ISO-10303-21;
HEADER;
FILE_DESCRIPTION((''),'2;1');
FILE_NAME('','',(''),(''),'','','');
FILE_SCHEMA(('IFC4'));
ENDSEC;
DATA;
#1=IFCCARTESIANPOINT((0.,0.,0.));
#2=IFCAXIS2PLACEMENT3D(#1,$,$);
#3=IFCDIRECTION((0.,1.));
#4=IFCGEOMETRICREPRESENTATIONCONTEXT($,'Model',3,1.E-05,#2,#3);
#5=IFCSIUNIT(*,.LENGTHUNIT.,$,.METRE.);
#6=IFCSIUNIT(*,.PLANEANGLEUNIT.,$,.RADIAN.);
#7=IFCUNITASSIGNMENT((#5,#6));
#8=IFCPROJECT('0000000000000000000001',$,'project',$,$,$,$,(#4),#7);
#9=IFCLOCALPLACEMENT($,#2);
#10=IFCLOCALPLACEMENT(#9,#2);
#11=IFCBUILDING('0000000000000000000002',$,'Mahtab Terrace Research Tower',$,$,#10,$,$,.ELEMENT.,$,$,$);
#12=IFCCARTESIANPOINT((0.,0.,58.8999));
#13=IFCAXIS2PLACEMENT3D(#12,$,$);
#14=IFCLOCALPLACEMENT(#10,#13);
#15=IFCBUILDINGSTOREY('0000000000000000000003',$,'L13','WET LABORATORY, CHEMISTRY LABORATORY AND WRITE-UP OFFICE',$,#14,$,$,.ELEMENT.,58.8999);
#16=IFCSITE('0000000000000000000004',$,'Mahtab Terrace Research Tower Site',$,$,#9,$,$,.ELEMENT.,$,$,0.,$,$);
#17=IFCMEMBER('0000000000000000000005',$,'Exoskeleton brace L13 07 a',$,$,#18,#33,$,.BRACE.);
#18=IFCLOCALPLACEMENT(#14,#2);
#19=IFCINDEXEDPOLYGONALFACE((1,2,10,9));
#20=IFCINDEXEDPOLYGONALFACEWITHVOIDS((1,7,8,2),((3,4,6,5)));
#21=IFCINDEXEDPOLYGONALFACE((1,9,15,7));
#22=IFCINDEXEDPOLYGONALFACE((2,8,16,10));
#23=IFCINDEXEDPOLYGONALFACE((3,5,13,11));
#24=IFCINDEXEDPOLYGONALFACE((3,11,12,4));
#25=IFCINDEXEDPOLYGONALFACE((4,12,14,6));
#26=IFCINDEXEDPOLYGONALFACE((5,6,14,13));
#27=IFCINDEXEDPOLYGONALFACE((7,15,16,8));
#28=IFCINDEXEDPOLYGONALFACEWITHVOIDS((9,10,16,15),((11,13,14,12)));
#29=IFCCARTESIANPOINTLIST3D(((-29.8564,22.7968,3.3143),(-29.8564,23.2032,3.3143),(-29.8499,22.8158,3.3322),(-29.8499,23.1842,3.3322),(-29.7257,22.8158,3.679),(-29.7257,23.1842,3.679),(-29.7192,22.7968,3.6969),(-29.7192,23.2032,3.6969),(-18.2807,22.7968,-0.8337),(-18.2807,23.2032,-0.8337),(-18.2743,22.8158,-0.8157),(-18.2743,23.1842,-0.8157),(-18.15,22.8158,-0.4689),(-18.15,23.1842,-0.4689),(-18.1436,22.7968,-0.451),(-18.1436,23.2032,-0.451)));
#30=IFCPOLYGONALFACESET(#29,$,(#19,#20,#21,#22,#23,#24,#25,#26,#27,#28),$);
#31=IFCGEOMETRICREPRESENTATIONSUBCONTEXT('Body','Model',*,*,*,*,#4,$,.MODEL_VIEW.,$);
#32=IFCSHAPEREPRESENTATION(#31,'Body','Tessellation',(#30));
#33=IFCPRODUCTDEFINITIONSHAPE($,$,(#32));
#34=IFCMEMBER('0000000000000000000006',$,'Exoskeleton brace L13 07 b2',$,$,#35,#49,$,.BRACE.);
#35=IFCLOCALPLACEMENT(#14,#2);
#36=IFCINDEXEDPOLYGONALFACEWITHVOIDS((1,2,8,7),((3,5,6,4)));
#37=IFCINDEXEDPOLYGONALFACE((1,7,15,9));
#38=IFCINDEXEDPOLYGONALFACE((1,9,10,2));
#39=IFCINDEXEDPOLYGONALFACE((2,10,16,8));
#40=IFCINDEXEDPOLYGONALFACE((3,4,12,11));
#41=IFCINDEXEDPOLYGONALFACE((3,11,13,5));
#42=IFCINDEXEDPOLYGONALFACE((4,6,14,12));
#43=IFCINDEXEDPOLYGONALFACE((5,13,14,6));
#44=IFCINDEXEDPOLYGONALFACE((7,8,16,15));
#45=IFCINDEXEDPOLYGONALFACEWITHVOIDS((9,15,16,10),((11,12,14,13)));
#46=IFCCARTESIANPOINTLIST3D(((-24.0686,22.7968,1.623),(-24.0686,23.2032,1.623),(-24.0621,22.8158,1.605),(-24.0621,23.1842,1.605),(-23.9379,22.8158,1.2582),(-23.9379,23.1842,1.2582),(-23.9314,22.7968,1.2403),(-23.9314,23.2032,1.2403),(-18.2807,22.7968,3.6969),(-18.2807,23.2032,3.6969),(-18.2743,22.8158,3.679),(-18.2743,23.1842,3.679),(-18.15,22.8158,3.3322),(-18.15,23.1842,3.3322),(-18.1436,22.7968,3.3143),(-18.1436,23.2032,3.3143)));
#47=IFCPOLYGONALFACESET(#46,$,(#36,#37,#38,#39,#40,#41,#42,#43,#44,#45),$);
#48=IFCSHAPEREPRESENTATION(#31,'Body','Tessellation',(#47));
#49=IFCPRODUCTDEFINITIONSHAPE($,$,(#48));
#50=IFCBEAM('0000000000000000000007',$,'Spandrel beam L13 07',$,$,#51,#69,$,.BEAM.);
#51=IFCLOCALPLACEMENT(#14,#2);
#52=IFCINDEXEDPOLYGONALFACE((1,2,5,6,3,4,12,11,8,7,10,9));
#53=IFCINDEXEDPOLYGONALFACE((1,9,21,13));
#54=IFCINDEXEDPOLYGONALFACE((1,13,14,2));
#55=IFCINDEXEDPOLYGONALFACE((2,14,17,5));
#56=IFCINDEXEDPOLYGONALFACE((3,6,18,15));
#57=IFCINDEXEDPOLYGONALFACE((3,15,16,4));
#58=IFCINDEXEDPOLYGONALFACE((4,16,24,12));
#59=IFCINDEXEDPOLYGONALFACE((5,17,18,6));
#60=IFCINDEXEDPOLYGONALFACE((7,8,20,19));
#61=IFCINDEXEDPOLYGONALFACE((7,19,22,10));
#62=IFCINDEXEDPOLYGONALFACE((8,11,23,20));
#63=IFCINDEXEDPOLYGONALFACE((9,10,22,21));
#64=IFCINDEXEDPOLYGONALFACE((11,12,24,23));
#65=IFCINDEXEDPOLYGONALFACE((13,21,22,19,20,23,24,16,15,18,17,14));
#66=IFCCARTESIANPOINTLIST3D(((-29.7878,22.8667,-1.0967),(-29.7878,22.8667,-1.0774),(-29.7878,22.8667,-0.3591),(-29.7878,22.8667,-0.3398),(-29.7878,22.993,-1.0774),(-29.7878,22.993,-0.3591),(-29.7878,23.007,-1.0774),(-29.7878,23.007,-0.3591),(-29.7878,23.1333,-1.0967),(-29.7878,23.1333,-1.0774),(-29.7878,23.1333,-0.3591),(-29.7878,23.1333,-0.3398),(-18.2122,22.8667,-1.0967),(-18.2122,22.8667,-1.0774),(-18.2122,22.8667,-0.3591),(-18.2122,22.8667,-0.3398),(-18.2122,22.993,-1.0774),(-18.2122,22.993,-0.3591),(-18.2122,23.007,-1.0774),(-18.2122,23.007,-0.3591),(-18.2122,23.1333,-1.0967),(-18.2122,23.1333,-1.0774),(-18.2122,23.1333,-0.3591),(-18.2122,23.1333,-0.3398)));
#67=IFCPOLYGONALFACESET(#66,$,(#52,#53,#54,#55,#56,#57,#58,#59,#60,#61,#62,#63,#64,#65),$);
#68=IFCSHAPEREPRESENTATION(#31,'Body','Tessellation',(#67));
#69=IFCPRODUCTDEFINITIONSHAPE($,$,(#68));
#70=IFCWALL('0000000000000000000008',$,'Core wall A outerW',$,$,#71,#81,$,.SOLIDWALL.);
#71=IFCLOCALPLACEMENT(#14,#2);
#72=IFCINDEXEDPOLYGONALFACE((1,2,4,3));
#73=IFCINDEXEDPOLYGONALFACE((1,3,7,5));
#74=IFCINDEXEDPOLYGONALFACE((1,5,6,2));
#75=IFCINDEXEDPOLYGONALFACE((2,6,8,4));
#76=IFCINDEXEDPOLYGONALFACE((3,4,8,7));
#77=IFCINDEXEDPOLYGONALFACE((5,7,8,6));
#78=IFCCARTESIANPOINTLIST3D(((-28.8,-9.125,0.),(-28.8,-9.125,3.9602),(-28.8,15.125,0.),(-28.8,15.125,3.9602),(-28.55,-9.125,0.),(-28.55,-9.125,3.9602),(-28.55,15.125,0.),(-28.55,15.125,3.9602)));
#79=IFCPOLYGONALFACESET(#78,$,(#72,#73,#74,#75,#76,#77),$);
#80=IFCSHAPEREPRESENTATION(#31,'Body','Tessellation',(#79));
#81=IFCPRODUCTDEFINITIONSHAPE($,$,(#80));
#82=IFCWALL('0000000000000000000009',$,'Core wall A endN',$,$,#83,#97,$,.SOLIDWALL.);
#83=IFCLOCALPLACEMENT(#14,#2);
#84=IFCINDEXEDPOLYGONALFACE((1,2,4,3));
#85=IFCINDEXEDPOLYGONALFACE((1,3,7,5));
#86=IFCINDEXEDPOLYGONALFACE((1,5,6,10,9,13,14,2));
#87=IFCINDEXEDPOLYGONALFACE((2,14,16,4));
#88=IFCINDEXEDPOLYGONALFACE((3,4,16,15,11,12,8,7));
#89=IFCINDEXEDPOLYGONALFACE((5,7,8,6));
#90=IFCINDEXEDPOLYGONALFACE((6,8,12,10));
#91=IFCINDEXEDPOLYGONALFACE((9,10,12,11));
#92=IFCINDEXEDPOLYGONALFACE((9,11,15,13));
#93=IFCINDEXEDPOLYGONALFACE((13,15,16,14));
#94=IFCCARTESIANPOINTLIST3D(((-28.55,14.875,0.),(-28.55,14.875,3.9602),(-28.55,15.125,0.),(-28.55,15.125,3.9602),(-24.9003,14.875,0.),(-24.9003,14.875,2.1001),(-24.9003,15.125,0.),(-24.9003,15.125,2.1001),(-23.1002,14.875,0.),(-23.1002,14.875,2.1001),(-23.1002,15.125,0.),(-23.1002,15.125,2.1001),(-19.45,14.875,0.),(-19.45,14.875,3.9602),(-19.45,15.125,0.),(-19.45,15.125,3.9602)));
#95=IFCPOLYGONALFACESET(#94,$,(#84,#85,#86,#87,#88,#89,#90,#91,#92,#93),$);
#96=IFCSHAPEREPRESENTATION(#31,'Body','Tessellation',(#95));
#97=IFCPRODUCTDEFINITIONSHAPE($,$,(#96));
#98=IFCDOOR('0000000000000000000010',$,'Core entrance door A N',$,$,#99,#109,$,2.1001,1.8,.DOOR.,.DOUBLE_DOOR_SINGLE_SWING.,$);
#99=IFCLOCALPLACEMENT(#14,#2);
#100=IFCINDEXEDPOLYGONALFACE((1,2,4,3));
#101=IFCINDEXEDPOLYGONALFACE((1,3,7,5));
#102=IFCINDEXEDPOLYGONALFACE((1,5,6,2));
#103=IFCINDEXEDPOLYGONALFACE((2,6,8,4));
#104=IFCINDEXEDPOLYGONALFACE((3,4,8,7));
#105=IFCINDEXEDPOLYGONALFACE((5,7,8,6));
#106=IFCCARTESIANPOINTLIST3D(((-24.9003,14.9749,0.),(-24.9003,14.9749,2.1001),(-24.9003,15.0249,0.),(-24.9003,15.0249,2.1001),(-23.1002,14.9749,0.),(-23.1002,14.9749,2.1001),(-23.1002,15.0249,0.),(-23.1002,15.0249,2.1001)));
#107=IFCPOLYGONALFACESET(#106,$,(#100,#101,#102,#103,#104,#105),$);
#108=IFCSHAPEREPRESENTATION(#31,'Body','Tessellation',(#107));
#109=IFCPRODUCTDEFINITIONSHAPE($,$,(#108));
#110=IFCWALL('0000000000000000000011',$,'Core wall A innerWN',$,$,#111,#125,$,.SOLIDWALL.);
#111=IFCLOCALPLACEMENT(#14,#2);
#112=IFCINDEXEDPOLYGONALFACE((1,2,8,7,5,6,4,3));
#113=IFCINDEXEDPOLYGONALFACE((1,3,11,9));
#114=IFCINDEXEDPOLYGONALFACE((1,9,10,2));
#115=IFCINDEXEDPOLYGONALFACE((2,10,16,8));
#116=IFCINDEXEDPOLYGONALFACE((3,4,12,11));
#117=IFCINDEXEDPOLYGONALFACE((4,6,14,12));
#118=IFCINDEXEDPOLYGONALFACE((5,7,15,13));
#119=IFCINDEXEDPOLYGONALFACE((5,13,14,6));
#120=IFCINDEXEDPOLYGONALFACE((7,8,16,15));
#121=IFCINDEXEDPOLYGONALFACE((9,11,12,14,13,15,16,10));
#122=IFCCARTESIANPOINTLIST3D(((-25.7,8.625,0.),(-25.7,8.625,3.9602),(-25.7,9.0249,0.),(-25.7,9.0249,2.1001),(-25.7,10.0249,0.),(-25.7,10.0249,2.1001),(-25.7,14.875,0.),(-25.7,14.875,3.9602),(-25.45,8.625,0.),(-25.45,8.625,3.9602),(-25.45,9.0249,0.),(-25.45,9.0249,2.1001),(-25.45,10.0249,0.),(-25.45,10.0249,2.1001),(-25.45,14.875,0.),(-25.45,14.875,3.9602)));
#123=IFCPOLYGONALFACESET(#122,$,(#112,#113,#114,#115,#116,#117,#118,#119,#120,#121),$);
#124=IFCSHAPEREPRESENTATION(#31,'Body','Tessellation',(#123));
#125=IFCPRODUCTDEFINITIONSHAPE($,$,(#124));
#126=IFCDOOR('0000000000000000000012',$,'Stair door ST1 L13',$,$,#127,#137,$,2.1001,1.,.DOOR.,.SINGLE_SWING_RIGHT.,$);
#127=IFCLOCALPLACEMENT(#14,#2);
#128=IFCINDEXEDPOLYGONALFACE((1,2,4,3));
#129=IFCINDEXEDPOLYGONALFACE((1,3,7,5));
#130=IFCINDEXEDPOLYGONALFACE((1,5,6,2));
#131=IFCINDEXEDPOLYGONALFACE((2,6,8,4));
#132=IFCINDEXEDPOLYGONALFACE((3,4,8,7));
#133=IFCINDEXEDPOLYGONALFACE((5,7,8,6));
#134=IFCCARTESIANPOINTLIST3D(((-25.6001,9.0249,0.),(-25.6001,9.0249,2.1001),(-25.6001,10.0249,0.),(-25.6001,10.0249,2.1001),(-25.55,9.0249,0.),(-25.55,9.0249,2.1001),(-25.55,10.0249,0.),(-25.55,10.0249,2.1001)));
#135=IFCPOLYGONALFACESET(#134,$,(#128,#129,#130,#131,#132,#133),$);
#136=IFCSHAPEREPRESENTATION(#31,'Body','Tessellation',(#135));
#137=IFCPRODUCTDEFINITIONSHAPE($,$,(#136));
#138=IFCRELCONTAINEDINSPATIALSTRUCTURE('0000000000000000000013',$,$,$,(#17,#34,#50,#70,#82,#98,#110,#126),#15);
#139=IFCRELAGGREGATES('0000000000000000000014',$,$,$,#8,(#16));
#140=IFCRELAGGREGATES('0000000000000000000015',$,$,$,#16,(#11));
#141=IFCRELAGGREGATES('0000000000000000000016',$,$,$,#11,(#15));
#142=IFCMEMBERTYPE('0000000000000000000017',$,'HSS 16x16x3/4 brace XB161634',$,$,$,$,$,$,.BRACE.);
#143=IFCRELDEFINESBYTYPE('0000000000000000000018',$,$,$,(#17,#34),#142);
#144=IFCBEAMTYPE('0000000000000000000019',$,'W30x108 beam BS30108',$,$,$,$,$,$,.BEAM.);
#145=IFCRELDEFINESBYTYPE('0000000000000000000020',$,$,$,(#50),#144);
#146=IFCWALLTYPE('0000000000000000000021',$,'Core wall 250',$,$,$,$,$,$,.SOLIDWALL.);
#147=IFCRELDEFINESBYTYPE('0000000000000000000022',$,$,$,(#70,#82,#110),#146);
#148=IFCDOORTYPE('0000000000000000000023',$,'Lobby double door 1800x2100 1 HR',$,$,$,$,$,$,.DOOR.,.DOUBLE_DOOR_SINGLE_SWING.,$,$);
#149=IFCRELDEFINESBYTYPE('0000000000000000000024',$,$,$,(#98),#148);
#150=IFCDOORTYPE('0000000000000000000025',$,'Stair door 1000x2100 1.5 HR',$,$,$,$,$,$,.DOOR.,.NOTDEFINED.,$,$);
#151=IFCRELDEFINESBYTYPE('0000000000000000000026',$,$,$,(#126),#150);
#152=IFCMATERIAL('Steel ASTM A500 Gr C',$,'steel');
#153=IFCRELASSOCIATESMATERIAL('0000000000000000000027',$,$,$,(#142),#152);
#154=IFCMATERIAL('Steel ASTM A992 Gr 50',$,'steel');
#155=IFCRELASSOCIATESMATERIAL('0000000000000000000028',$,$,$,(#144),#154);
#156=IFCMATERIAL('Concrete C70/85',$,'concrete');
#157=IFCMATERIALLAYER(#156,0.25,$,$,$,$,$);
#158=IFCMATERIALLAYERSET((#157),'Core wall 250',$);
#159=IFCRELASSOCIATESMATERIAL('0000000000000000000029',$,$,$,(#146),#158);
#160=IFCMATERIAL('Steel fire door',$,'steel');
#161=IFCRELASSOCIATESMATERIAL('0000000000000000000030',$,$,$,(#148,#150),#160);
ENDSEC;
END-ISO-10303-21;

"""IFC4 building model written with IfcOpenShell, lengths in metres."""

from ifc_helpers import new_model, si_unit, direction, frame, frame_2d, origin, origin_2d, place, context, subcontext, project, spatial, rectangle, hollow_rectangle, i_section, extrude, material, layer, layer_set, material_profile, profile_set, type_object, element, fill, save


model = new_model("IFC4")

# Units and contexts
model_context = context("Model", 3, precision=1e-05, world=origin(), true_north=direction((0.0, 1.0)))
body_context = subcontext(model_context, "Body", "Model", "MODEL_VIEW")
ifc_project = project(units=[si_unit("LENGTHUNIT", "METRE"), si_unit("PLANEANGLEUNIT", "RADIAN")], contexts=[model_context])

# Site, building, storey
site_placement = place(None, origin())
site = spatial("IfcSite", under=ifc_project, at=site_placement, Name="Mahtab Terrace Research Tower Site", CompositionType="ELEMENT", RefElevation=0.0)
building_placement = place(site_placement, origin())
building = spatial("IfcBuilding", under=site, at=building_placement, Name="Mahtab Terrace Research Tower", CompositionType="ELEMENT")
storey_placement = place(building_placement, frame((0.0, 0.0, 58.8999)))
storey = spatial("IfcBuildingStorey", under=building, at=storey_placement, Name="L13", Description="WET LABORATORY, CHEMISTRY LABORATORY AND WRITE-UP OFFICE", CompositionType="ELEMENT", Elevation=58.8999)

# Members
ifc_material_1 = material(Name="Steel ASTM A500 Gr C", Category="steel")
ifc_material_profile_1 = material_profile(ifc_material_1, hollow_rectangle(XDim=0.4065, YDim=0.4065, WallThickness=0.019, at=origin_2d()), Name="HSS16X16X3/4")
ifc_profile_set_1 = profile_set([ifc_material_profile_1], Name="Steel ASTM A500 Gr C")
member_type = type_object("IfcMemberType", Name="HSS 16x16x3/4 brace XB161634", PredefinedType="BRACE", material=ifc_profile_set_1)
member_1_placement = place(storey_placement, frame((-18.2122, 23.0, -0.6423), z_axis=(-0.941387, 0.0, 0.33733), x_axis=(0.0, -1.0, 0.0)))
element("IfcMember", 1, at=member_1_placement, inside=storey, type_object=member_type, Name="Exoskeleton brace L13 07 a", PredefinedType="BRACE", context=body_context, shape_type="SweptSolid", body=[
    extrude(hollow_rectangle(XDim=0.4065, YDim=0.4065, WallThickness=0.019, at=origin_2d()), origin(), (0.0, 0.0, 1.0), 12.2964),
])
member_2_placement = place(storey_placement, frame((-24.0, 23.0, 1.4316), z_axis=(0.941387, 0.0, 0.33733), x_axis=(0.0, 1.0, 0.0)))
element("IfcMember", 2, at=member_2_placement, inside=storey, type_object=member_type, Name="Exoskeleton brace L13 07 b2", PredefinedType="BRACE", context=body_context, shape_type="SweptSolid", body=[
    extrude(hollow_rectangle(XDim=0.4065, YDim=0.4065, WallThickness=0.019, at=origin_2d()), origin(), (0.0, 0.0, 1.0), 6.1482),
])

# Beam
ifc_material_2 = material(Name="Steel ASTM A992 Gr 50", Category="steel")
ifc_material_profile_2 = material_profile(ifc_material_2, i_section(OverallWidth=0.2666, OverallDepth=0.7568, WebThickness=0.0139, FlangeThickness=0.0193, at=origin_2d()), Name="W30X108")
ifc_profile_set_2 = profile_set([ifc_material_profile_2], Name="Steel ASTM A992 Gr 50")
beam_type = type_object("IfcBeamType", Name="W30x108 beam BS30108", PredefinedType="BEAM", material=ifc_profile_set_2)
beam_placement = place(storey_placement, frame((-18.2122, 23.0, -0.7183), z_axis=(-1.0, 0.0, 0.0), x_axis=(0.0, -1.0, 0.0)))
element("IfcBeam", 3, at=beam_placement, inside=storey, type_object=beam_type, Name="Spandrel beam L13 07", PredefinedType="BEAM", context=body_context, shape_type="SweptSolid", body=[
    extrude(i_section(OverallWidth=0.2666, OverallDepth=0.7568, WebThickness=0.0139, FlangeThickness=0.0193, at=origin_2d()), origin(), (0.0, 0.0, 1.0), 11.5757),
])

# Wall
ifc_material_3 = material(Name="Concrete C70/85", Category="concrete")
ifc_layer_1 = layer(ifc_material_3, 0.25)
ifc_layer_set_1 = layer_set([ifc_layer_1], Name="Core wall 250")
wall_type_1 = type_object("IfcWallType", Name="Core wall 250", PredefinedType="SOLIDWALL", material=ifc_layer_set_1)
wall_1_placement = place(storey_placement, frame((-28.675, 15.125, 0.0), z_axis=(0.0, 0.0, 1.0), x_axis=(0.0, -1.0, 0.0)))
element("IfcWall", 4, at=wall_1_placement, inside=storey, type_object=wall_type_1, Name="Core wall A outerW", PredefinedType="SOLIDWALL", context=body_context, shape_type="SweptSolid", body=[
    extrude(rectangle(XDim=24.25, YDim=0.25, at=frame_2d((12.125, 0.0))), origin(), (0.0, 0.0, 1.0), 3.9602),
])

# Walls, openings, doors
wall_2_placement = place(storey_placement, frame((-28.55, 15.0, 0.0), z_axis=(0.0, 0.0, 1.0), x_axis=(1.0, 0.0, 0.0)))
wall_2 = element("IfcWall", 5, at=wall_2_placement, inside=storey, type_object=wall_type_1, Name="Core wall A endN", PredefinedType="SOLIDWALL", context=body_context, shape_type="SweptSolid", body=[
    extrude(rectangle(XDim=9.1001, YDim=0.25, at=frame_2d((4.55, 0.0))), origin(), (0.0, 0.0, 1.0), 3.9602),
])
opening_1_placement = place(wall_2_placement, frame((3.6499, 0.0, 0.0)))
opening_1 = element("IfcOpeningElement", 6, at=opening_1_placement, cuts=wall_2, PredefinedType="OPENING", context=body_context, shape_type="SweptSolid", body=[
    extrude(rectangle(XDim=1.8, YDim=2.1001, at=frame_2d((0.8999, 1.05))), frame((0.0, 0.135, 0.0), z_axis=(0.0, -1.0, 0.0), x_axis=(1.0, 0.0, 0.0)), (0.0, 0.0, 1.0), 0.27),
])
ifc_material_4 = material(Name="Steel fire door", Category="steel")
door_type_1 = type_object("IfcDoorType", Name="Lobby double door 1800x2100 1 HR", OperationType="DOUBLE_DOOR_SINGLE_SWING", PredefinedType="DOOR", material=ifc_material_4)
door_1_placement = place(opening_1_placement, origin())
door_1 = element("IfcDoor", 7, at=door_1_placement, inside=storey, type_object=door_type_1, Name="Core entrance door A N", OperationType="DOUBLE_DOOR_SINGLE_SWING", OverallHeight=2.1001, OverallWidth=1.8, PredefinedType="DOOR", context=body_context, shape_type="SweptSolid", body=[
    extrude(rectangle(XDim=1.8, YDim=2.1001, at=frame_2d((0.8999, 1.05))), frame((0.0, 0.0249, 0.0), z_axis=(0.0, -1.0, 0.0), x_axis=(1.0, 0.0, 0.0)), (0.0, 0.0, 1.0), 0.05),
])
fill(opening_1, door_1)
wall_3_placement = place(storey_placement, frame((-25.575, 14.875, 0.0), z_axis=(0.0, 0.0, 1.0), x_axis=(0.0, -1.0, 0.0)))
wall_3 = element("IfcWall", 8, at=wall_3_placement, inside=storey, type_object=wall_type_1, Name="Core wall A innerWN", PredefinedType="SOLIDWALL", context=body_context, shape_type="SweptSolid", body=[
    extrude(rectangle(XDim=6.25, YDim=0.25, at=frame_2d((3.125, 0.0))), origin(), (0.0, 0.0, 1.0), 3.9602),
])
opening_2_placement = place(wall_3_placement, frame((4.8501, 0.0, 0.0)))
opening_2 = element("IfcOpeningElement", 9, at=opening_2_placement, cuts=wall_3, PredefinedType="OPENING", context=body_context, shape_type="SweptSolid", body=[
    extrude(rectangle(XDim=1.0, YDim=2.1001, at=frame_2d((0.5, 1.05))), frame((0.0, 0.135, 0.0), z_axis=(0.0, -1.0, 0.0), x_axis=(1.0, 0.0, 0.0)), (0.0, 0.0, 1.0), 0.27),
])
door_type_2 = type_object("IfcDoorType", Name="Stair door 1000x2100 1.5 HR", OperationType="NOTDEFINED", PredefinedType="DOOR", material=ifc_material_4)
door_2_placement = place(opening_2_placement, origin())
door_2 = element("IfcDoor", 10, at=door_2_placement, inside=storey, type_object=door_type_2, Name="Stair door ST1 L13", OperationType="SINGLE_SWING_RIGHT", OverallHeight=2.1001, OverallWidth=1.0, PredefinedType="DOOR", context=body_context, shape_type="SweptSolid", body=[
    extrude(rectangle(XDim=1.0, YDim=2.1001, at=frame_2d((0.5, 1.05))), frame((0.0, 0.0249, 0.0), z_axis=(0.0, -1.0, 0.0), x_axis=(1.0, 0.0, 0.0)), (0.0, 0.0, 1.0), 0.05),
])
fill(opening_2, door_2)

save(model, "model.ifc")
